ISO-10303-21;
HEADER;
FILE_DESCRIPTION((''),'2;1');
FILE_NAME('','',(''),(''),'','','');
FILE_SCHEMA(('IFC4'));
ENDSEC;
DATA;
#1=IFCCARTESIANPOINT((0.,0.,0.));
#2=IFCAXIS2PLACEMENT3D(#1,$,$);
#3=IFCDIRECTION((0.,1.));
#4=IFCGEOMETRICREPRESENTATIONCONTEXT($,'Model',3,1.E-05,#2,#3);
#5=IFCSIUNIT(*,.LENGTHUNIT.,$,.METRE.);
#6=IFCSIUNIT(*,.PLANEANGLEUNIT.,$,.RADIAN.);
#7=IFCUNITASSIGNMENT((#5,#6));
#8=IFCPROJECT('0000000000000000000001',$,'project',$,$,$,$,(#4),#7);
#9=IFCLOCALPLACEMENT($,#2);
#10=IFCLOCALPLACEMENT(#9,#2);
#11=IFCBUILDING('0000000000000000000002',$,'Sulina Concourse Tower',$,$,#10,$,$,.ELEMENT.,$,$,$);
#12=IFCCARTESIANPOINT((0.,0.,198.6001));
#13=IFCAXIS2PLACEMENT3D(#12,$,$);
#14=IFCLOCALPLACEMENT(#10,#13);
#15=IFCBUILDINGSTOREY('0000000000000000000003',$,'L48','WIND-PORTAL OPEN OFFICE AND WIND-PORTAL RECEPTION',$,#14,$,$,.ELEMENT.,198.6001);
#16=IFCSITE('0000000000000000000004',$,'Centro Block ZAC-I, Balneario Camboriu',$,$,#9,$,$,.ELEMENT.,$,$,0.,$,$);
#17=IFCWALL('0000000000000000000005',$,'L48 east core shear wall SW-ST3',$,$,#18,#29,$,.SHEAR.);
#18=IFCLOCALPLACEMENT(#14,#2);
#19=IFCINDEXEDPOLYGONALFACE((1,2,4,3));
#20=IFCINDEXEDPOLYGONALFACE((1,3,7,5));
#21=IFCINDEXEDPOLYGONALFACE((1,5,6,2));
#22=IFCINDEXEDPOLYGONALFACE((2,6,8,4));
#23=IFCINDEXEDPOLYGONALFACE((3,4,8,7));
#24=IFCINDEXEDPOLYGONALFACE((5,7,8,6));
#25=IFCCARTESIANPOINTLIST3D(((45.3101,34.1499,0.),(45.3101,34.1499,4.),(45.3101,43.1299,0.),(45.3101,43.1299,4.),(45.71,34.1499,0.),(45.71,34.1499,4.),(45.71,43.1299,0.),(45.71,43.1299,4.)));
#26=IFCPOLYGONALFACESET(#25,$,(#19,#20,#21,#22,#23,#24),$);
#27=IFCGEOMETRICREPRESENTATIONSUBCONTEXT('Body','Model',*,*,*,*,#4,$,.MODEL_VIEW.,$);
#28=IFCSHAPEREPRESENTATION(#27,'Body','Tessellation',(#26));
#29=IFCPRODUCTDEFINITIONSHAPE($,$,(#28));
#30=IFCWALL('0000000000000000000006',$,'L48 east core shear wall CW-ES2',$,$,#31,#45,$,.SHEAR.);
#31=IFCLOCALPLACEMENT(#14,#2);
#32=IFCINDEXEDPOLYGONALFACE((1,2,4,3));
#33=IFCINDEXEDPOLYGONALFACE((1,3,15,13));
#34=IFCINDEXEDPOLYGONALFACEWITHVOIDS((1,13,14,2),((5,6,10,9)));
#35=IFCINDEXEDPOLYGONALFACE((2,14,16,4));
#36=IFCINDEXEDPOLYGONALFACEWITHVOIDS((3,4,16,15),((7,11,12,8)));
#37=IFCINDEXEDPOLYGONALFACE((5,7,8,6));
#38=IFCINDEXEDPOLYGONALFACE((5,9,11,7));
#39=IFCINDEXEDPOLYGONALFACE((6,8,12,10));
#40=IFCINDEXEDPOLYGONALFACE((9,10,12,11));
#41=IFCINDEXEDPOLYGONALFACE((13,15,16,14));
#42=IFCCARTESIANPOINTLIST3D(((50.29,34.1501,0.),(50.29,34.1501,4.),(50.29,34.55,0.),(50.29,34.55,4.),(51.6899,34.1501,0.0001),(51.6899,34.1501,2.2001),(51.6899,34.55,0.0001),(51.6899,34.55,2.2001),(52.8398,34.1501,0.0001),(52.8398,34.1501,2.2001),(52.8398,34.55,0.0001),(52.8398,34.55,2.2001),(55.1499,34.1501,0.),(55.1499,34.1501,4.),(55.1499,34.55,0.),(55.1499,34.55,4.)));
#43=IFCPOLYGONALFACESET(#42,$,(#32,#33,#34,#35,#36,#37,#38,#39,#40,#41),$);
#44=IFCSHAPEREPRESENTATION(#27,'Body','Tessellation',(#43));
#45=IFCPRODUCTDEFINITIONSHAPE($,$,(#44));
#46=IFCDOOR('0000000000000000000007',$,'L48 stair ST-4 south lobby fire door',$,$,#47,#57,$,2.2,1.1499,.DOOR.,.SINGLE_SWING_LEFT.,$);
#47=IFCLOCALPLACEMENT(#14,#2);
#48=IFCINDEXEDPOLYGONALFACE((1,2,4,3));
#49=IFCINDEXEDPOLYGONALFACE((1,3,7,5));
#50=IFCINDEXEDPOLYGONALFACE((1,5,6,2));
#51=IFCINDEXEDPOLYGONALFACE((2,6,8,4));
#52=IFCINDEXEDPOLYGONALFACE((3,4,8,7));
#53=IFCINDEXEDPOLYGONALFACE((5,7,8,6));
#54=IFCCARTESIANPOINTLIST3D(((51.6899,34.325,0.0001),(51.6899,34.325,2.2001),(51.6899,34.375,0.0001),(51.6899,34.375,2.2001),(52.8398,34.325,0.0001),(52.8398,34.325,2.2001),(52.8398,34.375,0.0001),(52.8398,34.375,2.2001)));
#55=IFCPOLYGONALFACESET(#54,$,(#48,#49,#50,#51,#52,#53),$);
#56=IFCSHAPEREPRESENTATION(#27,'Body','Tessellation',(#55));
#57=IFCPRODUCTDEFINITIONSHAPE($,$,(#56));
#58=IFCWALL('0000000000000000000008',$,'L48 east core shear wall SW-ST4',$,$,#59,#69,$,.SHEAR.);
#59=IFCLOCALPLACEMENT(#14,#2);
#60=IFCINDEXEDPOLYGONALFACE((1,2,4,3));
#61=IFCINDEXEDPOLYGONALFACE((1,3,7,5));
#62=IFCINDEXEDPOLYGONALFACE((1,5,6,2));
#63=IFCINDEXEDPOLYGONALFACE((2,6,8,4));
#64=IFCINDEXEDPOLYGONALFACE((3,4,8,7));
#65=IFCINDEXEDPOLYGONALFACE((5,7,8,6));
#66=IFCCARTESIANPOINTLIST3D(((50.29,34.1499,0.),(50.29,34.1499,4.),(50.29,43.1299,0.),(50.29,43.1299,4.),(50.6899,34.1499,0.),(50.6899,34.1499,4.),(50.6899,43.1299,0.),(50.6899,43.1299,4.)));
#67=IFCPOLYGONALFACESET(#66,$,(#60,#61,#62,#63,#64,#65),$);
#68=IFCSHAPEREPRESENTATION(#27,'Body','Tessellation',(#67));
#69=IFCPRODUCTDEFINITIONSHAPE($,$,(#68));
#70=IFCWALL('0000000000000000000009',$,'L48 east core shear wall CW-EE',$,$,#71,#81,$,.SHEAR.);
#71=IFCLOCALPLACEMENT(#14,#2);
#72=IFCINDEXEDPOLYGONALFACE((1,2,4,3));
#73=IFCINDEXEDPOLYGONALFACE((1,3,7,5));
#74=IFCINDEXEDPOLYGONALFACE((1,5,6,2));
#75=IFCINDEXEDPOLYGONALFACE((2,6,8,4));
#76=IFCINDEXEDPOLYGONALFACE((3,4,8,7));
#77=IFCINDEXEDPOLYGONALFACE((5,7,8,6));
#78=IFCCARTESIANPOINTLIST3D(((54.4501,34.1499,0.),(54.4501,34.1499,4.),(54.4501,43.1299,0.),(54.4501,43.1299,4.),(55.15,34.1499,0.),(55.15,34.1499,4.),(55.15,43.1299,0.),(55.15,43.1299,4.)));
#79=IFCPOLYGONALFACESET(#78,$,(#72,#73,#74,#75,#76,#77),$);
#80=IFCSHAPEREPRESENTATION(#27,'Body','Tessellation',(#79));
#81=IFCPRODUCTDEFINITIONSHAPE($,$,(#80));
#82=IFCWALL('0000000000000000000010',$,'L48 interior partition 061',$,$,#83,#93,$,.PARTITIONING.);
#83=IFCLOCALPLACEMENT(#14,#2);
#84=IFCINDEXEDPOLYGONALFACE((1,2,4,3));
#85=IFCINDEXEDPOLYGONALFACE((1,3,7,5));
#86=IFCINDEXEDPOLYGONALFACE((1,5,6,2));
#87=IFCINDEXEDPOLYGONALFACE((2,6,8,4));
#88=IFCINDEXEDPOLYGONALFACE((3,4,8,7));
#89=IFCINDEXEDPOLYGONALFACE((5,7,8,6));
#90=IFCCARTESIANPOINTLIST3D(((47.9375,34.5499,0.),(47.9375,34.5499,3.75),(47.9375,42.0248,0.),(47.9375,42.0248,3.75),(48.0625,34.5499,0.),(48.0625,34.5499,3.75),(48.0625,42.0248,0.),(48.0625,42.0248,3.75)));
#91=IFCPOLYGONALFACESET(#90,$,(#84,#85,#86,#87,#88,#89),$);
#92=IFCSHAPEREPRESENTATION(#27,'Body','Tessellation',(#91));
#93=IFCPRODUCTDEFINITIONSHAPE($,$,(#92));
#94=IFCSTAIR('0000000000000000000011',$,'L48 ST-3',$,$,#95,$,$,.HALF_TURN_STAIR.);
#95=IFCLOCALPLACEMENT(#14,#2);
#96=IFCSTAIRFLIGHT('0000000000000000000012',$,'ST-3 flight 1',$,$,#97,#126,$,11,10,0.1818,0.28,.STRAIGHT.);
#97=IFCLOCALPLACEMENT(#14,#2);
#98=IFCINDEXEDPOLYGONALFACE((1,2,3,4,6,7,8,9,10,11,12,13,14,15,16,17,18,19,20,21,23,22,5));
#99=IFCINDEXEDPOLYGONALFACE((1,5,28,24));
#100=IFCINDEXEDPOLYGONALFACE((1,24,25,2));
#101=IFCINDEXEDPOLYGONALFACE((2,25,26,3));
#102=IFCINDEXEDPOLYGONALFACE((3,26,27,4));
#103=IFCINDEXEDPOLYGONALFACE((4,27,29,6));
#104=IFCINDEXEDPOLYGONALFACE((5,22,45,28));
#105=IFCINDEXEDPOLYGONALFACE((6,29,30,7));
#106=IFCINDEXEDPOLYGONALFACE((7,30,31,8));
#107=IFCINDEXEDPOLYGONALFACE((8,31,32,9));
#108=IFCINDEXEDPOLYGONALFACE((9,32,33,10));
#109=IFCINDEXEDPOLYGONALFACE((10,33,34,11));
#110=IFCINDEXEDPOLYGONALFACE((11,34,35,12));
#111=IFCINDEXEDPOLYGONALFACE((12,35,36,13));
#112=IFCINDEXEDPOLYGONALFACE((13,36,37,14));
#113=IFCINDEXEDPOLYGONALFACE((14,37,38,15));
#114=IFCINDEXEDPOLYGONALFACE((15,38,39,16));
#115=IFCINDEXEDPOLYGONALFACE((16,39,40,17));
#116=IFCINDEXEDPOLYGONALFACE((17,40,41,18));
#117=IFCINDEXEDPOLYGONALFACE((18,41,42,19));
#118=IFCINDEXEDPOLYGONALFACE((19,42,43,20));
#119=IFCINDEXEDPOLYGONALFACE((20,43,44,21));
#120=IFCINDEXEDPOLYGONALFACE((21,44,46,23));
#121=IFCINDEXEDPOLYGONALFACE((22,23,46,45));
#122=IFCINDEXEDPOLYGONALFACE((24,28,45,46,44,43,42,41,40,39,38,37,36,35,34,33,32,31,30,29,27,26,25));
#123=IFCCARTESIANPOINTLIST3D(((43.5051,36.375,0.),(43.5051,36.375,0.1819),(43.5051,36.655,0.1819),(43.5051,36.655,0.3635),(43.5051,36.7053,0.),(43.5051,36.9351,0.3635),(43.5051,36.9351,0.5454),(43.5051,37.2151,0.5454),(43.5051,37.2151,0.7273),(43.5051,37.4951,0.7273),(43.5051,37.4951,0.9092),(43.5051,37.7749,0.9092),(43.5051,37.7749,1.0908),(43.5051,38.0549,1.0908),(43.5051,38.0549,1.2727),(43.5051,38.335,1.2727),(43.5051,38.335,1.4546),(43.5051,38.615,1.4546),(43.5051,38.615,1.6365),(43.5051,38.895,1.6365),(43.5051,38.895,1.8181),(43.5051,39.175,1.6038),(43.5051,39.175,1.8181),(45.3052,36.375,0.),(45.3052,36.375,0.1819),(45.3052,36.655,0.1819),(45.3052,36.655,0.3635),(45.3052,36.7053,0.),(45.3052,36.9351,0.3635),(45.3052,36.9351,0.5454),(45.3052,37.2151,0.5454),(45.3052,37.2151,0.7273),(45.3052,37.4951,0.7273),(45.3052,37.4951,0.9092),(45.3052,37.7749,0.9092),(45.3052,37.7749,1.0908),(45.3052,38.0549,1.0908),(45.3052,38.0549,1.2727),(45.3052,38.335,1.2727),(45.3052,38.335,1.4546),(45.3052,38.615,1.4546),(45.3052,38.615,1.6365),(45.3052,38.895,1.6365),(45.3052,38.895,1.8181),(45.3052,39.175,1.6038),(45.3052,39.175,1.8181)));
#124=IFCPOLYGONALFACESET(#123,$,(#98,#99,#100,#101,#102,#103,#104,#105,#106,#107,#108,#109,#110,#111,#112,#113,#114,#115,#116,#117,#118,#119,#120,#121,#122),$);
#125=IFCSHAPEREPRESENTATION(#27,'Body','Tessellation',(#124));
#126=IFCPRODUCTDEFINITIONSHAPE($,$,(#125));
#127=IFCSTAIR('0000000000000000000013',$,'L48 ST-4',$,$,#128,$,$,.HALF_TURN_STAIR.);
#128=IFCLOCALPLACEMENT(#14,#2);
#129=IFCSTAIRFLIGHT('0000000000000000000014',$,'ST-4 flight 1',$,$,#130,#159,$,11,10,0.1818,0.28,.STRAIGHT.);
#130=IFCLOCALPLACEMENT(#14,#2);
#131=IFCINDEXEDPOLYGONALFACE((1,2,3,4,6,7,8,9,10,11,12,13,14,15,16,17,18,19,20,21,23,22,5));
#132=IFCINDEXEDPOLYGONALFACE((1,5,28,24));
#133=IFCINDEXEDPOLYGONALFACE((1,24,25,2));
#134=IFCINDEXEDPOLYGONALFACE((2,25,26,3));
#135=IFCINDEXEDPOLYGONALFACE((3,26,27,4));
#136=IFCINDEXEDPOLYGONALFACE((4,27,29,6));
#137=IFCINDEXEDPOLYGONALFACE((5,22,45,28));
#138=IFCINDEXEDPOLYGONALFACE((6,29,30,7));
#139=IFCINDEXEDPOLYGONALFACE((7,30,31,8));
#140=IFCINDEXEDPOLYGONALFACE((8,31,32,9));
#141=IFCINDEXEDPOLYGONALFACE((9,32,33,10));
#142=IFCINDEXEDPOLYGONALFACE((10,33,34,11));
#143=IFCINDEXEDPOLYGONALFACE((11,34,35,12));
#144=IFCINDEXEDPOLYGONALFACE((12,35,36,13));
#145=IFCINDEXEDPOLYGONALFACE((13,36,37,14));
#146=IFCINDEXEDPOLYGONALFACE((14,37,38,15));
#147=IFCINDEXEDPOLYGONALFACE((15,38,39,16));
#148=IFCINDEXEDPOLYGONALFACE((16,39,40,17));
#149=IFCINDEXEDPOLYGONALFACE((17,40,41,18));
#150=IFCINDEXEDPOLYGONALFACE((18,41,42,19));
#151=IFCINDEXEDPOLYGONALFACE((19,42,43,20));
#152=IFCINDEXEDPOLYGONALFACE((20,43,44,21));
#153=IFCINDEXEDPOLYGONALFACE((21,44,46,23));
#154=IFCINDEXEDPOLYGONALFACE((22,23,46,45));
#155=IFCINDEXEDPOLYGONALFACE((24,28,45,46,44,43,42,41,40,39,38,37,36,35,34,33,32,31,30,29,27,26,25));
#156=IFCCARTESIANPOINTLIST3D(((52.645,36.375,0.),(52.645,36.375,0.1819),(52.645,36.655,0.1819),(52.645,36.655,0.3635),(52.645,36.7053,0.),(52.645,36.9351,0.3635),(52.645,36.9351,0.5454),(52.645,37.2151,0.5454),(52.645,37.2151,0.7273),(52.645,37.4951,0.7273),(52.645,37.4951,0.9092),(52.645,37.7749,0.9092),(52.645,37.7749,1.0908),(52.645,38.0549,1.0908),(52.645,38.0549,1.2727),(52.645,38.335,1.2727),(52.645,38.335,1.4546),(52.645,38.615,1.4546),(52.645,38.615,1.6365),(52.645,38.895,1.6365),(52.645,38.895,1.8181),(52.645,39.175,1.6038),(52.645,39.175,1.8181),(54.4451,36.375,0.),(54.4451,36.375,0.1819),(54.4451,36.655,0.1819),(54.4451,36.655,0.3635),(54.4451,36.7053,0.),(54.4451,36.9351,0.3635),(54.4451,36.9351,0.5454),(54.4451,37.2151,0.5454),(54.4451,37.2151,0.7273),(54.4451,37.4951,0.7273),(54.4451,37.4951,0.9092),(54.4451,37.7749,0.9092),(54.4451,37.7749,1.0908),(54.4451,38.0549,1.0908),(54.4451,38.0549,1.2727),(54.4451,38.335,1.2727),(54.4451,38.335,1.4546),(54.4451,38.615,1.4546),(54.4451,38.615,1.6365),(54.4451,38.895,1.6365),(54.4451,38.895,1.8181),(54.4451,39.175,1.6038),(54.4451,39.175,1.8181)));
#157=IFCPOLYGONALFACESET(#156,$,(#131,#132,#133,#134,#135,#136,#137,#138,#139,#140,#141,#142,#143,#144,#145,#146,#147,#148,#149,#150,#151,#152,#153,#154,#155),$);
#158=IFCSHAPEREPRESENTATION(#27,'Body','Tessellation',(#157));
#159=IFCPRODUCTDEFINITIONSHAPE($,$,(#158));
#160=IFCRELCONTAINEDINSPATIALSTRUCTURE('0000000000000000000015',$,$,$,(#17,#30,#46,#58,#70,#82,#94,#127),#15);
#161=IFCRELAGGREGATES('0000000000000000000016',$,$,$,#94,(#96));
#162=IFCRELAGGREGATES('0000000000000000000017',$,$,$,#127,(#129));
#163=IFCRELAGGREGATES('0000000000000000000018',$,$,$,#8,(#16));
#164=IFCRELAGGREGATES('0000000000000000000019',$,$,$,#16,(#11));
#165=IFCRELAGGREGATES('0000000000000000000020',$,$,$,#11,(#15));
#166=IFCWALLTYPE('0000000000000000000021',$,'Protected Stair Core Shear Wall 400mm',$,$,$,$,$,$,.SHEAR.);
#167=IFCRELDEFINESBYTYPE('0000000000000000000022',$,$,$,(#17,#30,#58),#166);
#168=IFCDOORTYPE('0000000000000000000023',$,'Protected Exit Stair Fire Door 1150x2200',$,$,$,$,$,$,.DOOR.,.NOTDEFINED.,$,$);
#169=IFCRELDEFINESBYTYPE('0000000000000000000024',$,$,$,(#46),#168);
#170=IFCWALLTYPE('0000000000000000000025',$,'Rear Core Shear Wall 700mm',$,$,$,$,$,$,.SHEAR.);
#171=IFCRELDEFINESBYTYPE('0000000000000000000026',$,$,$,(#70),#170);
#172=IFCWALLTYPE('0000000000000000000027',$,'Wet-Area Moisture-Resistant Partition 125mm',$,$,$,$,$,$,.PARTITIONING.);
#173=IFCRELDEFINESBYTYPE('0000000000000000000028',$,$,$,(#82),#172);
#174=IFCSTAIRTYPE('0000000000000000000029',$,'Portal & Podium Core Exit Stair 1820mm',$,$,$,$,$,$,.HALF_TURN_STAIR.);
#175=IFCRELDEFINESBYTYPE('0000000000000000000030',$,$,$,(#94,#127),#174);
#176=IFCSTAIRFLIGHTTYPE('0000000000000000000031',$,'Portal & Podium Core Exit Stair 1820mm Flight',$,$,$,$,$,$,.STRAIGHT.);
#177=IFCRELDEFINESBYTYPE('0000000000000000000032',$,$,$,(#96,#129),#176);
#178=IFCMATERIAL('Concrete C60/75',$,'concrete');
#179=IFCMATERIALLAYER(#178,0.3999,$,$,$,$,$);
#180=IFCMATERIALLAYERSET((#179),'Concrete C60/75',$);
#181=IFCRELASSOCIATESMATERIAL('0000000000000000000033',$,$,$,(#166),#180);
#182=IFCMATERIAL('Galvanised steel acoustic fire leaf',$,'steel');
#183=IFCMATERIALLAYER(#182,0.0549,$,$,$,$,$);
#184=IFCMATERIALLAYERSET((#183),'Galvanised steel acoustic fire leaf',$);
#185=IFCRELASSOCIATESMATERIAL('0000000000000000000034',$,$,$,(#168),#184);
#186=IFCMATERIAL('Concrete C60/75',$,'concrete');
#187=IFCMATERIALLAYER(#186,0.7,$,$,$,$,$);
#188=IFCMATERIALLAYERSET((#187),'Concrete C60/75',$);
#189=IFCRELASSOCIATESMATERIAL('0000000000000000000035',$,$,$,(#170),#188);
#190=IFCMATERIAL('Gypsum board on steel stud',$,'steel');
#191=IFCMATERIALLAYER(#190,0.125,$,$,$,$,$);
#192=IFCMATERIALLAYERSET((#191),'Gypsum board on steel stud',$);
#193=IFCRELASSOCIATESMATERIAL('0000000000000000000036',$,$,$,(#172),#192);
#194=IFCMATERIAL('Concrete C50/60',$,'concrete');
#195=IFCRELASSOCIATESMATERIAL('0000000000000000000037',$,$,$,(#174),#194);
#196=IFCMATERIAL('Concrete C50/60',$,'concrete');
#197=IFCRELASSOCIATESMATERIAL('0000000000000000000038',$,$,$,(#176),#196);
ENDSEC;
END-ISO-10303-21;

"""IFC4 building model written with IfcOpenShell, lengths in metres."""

from ifc_helpers import new_model, si_unit, direction, frame, frame_2d, origin, place, context, subcontext, project, spatial, polyline, rectangle, outline, extrude, material, layer, layer_set, type_object, element, fill, aggregate, save


model = new_model("IFC4")

# Units and contexts
model_context = context("Model", 3, precision=1e-05, world=origin(), true_north=direction((0.0, 1.0)))
body_context = subcontext(model_context, "Body", "Model", "MODEL_VIEW")
ifc_project = project(units=[si_unit("LENGTHUNIT", "METRE"), si_unit("PLANEANGLEUNIT", "RADIAN")], contexts=[model_context])

# Site, building, storey
site_placement = place(None, origin())
site = spatial("IfcSite", under=ifc_project, at=site_placement, Name="Centro Block ZAC-I, Balneario Camboriu", CompositionType="ELEMENT", RefElevation=0.0)
building_placement = place(site_placement, origin())
building = spatial("IfcBuilding", under=site, at=building_placement, Name="Sulina Concourse Tower", CompositionType="ELEMENT")
storey_placement = place(building_placement, frame((0.0, 0.0, 198.6001)))
storey = spatial("IfcBuildingStorey", under=building, at=storey_placement, Name="L48", Description="WIND-PORTAL OPEN OFFICE AND WIND-PORTAL RECEPTION", CompositionType="ELEMENT", Elevation=198.6001)

# Wall
ifc_material_1 = material(Name="Concrete C60/75", Category="concrete")
ifc_layer_1 = layer(ifc_material_1, 0.3999)
ifc_layer_set_1 = layer_set([ifc_layer_1], Name="Concrete C60/75")
wall_type_1 = type_object("IfcWallType", Name="Protected Stair Core Shear Wall 400mm", PredefinedType="SHEAR", material=ifc_layer_set_1)
wall_1_placement = place(storey_placement, frame((45.51, 34.1499, 0.0), z_axis=(0.0, 0.0, 1.0), x_axis=(0.0, 1.0, 0.0)))
element("IfcWall", 1, at=wall_1_placement, inside=storey, type_object=wall_type_1, Name="L48 east core shear wall SW-ST3", PredefinedType="SHEAR", context=body_context, shape_type="SweptSolid", body=[
    extrude(rectangle(XDim=8.98, YDim=0.3999, at=frame_2d((4.49, 0.0))), origin(), (0.0, 0.0, 1.0), 4.0),
])

# Wall, opening, door
wall_2_placement = place(storey_placement, frame((50.29, 34.3501, 0.0), z_axis=(0.0, 0.0, 1.0), x_axis=(1.0, 0.0, 0.0)))
wall_2 = element("IfcWall", 2, at=wall_2_placement, inside=storey, type_object=wall_type_1, Name="L48 east core shear wall CW-ES2", PredefinedType="SHEAR", context=body_context, shape_type="SweptSolid", body=[
    extrude(rectangle(XDim=4.8599, YDim=0.3999, at=frame_2d((2.4299, 0.0))), origin(), (0.0, 0.0, 1.0), 4.0),
])
opening_1_placement = place(wall_2_placement, frame((1.3999, 0.0, 0.0)))
opening_1 = element("IfcOpeningElement", 3, at=opening_1_placement, cuts=wall_2, PredefinedType="OPENING", context=body_context, shape_type="SweptSolid", body=[
    extrude(rectangle(XDim=1.1499, YDim=2.2, at=frame_2d((0.575, 1.1001))), frame((0.0, 0.21, 0.0), z_axis=(0.0, -1.0, 0.0), x_axis=(1.0, 0.0, 0.0)), (0.0, 0.0, 1.0), 0.4199),
])
ifc_material_2 = material(Name="Galvanised steel acoustic fire leaf", Category="steel")
ifc_layer_2 = layer(ifc_material_2, 0.0549)
ifc_layer_set_2 = layer_set([ifc_layer_2], Name="Galvanised steel acoustic fire leaf")
door_type_1 = type_object("IfcDoorType", Name="Protected Exit Stair Fire Door 1150x2200", OperationType="NOTDEFINED", PredefinedType="DOOR", material=ifc_layer_set_2)
door_1_placement = place(opening_1_placement, origin())
door_1 = element("IfcDoor", 4, at=door_1_placement, inside=storey, type_object=door_type_1, Name="L48 stair ST-4 south lobby fire door", OperationType="SINGLE_SWING_LEFT", OverallHeight=2.2, OverallWidth=1.1499, PredefinedType="DOOR", context=body_context, shape_type="SweptSolid", body=[
    extrude(rectangle(XDim=1.1499, YDim=2.2, at=frame_2d((0.575, 1.1001))), frame((0.0, 0.0249, 0.0), z_axis=(0.0, -1.0, 0.0), x_axis=(1.0, 0.0, 0.0)), (0.0, 0.0, 1.0), 0.05),
])
fill(opening_1, door_1)

# Walls
wall_3_placement = place(storey_placement, frame((50.49, 34.1499, 0.0), z_axis=(0.0, 0.0, 1.0), x_axis=(0.0, 1.0, 0.0)))
element("IfcWall", 5, at=wall_3_placement, inside=storey, type_object=wall_type_1, Name="L48 east core shear wall SW-ST4", PredefinedType="SHEAR", context=body_context, shape_type="SweptSolid", body=[
    extrude(rectangle(XDim=8.98, YDim=0.3999, at=frame_2d((4.49, 0.0))), origin(), (0.0, 0.0, 1.0), 4.0),
])
ifc_material_3 = material(Name="Concrete C60/75", Category="concrete")
ifc_layer_3 = layer(ifc_material_3, 0.7)
ifc_layer_set_3 = layer_set([ifc_layer_3], Name="Concrete C60/75")
wall_type_2 = type_object("IfcWallType", Name="Rear Core Shear Wall 700mm", PredefinedType="SHEAR", material=ifc_layer_set_3)
wall_4_placement = place(storey_placement, frame((54.8, 34.1499, 0.0), z_axis=(0.0, 0.0, 1.0), x_axis=(0.0, 1.0, 0.0)))
element("IfcWall", 6, at=wall_4_placement, inside=storey, type_object=wall_type_2, Name="L48 east core shear wall CW-EE", PredefinedType="SHEAR", context=body_context, shape_type="SweptSolid", body=[
    extrude(rectangle(XDim=8.98, YDim=0.7, at=frame_2d((4.49, 0.0))), origin(), (0.0, 0.0, 1.0), 4.0),
])
ifc_material_4 = material(Name="Gypsum board on steel stud", Category="steel")
ifc_layer_4 = layer(ifc_material_4, 0.125)
ifc_layer_set_4 = layer_set([ifc_layer_4], Name="Gypsum board on steel stud")
wall_type_3 = type_object("IfcWallType", Name="Wet-Area Moisture-Resistant Partition 125mm", PredefinedType="PARTITIONING", material=ifc_layer_set_4)
wall_5_placement = place(storey_placement, frame((48.0, 34.55, 0.0), z_axis=(0.0, 0.0, 1.0), x_axis=(0.0, 1.0, 0.0)))
element("IfcWall", 7, at=wall_5_placement, inside=storey, type_object=wall_type_3, Name="L48 interior partition 061", PredefinedType="PARTITIONING", context=body_context, shape_type="SweptSolid", body=[
    extrude(rectangle(XDim=7.4749, YDim=0.125, at=frame_2d((3.7373, 0.0))), origin(), (0.0, 0.0, 1.0), 3.75),
])

# Stairs, stair flights
ifc_material_5 = material(Name="Concrete C50/60", Category="concrete")
stair_type = type_object("IfcStairType", Name="Portal & Podium Core Exit Stair 1820mm", PredefinedType="HALF_TURN_STAIR", material=ifc_material_5)
stair_1_placement = place(storey_placement, origin())
stair_1 = element("IfcStair", 8, at=stair_1_placement, inside=storey, type_object=stair_type, Name="L48 ST-3", PredefinedType="HALF_TURN_STAIR")
ifc_material_6 = material(Name="Concrete C50/60", Category="concrete")
stair_flight_type = type_object("IfcStairFlightType", Name="Portal & Podium Core Exit Stair 1820mm Flight", PredefinedType="STRAIGHT", material=ifc_material_6)
stair_flight_1_placement = place(storey_placement, frame((44.405, 36.375, 0.0), z_axis=(0.0, 0.0, 1.0), x_axis=(0.0, 1.0, 0.0)))
stair_flight_1 = element("IfcStairFlight", 9, at=stair_flight_1_placement, type_object=stair_flight_type, Name="ST-3 flight 1", NumberOfRisers=11, NumberOfTreads=10, PredefinedType="STRAIGHT", RiserHeight=0.1818, TreadLength=0.28, context=body_context, shape_type="SweptSolid", body=[
    extrude(outline(polyline([(0.0, 0.0), (0.0, 0.1819), (0.28, 0.1819), (0.28, 0.3635), (0.5601, 0.3635), (0.5601, 0.5454), (0.8401, 0.5454), (0.8401, 0.7273), (1.1201, 0.7273), (1.1201, 0.9092), (1.3999, 0.9092), (1.3999, 1.0908), (1.6799, 1.0908), (1.6799, 1.2727), (1.96, 1.2727), (1.96, 1.4546), (2.24, 1.4546), (2.24, 1.6365), (2.52, 1.6365), (2.52, 1.8181), (2.8, 1.8181), (2.8, 2.0), (2.8, 1.6038), (0.3303, 0.0), (0.0, 0.0)])), frame((0.0, 0.8999, 0.0), z_axis=(0.0, -1.0, 0.0), x_axis=(1.0, 0.0, 0.0)), (0.0, 0.0, 1.0), 1.8),
])
aggregate(stair_1, [stair_flight_1])
stair_2_placement = place(storey_placement, origin())
stair_2 = element("IfcStair", 10, at=stair_2_placement, inside=storey, type_object=stair_type, Name="L48 ST-4", PredefinedType="HALF_TURN_STAIR")
stair_flight_2_placement = place(storey_placement, frame((53.5449, 36.375, 0.0), z_axis=(0.0, 0.0, 1.0), x_axis=(0.0, 1.0, 0.0)))
stair_flight_2 = element("IfcStairFlight", 11, at=stair_flight_2_placement, type_object=stair_flight_type, Name="ST-4 flight 1", NumberOfRisers=11, NumberOfTreads=10, PredefinedType="STRAIGHT", RiserHeight=0.1818, TreadLength=0.28, context=body_context, shape_type="SweptSolid", body=[
    extrude(outline(polyline([(0.0, 0.0), (0.0, 0.1819), (0.28, 0.1819), (0.28, 0.3635), (0.5601, 0.3635), (0.5601, 0.5454), (0.8401, 0.5454), (0.8401, 0.7273), (1.1201, 0.7273), (1.1201, 0.9092), (1.3999, 0.9092), (1.3999, 1.0908), (1.6799, 1.0908), (1.6799, 1.2727), (1.96, 1.2727), (1.96, 1.4546), (2.24, 1.4546), (2.24, 1.6365), (2.52, 1.6365), (2.52, 1.8181), (2.8, 1.8181), (2.8, 2.0), (2.8, 1.6038), (0.3303, 0.0), (0.0, 0.0)])), frame((0.0, 0.8999, 0.0), z_axis=(0.0, -1.0, 0.0), x_axis=(1.0, 0.0, 0.0)), (0.0, 0.0, 1.0), 1.8),
])
aggregate(stair_2, [stair_flight_2])

save(model, "model.ifc")
